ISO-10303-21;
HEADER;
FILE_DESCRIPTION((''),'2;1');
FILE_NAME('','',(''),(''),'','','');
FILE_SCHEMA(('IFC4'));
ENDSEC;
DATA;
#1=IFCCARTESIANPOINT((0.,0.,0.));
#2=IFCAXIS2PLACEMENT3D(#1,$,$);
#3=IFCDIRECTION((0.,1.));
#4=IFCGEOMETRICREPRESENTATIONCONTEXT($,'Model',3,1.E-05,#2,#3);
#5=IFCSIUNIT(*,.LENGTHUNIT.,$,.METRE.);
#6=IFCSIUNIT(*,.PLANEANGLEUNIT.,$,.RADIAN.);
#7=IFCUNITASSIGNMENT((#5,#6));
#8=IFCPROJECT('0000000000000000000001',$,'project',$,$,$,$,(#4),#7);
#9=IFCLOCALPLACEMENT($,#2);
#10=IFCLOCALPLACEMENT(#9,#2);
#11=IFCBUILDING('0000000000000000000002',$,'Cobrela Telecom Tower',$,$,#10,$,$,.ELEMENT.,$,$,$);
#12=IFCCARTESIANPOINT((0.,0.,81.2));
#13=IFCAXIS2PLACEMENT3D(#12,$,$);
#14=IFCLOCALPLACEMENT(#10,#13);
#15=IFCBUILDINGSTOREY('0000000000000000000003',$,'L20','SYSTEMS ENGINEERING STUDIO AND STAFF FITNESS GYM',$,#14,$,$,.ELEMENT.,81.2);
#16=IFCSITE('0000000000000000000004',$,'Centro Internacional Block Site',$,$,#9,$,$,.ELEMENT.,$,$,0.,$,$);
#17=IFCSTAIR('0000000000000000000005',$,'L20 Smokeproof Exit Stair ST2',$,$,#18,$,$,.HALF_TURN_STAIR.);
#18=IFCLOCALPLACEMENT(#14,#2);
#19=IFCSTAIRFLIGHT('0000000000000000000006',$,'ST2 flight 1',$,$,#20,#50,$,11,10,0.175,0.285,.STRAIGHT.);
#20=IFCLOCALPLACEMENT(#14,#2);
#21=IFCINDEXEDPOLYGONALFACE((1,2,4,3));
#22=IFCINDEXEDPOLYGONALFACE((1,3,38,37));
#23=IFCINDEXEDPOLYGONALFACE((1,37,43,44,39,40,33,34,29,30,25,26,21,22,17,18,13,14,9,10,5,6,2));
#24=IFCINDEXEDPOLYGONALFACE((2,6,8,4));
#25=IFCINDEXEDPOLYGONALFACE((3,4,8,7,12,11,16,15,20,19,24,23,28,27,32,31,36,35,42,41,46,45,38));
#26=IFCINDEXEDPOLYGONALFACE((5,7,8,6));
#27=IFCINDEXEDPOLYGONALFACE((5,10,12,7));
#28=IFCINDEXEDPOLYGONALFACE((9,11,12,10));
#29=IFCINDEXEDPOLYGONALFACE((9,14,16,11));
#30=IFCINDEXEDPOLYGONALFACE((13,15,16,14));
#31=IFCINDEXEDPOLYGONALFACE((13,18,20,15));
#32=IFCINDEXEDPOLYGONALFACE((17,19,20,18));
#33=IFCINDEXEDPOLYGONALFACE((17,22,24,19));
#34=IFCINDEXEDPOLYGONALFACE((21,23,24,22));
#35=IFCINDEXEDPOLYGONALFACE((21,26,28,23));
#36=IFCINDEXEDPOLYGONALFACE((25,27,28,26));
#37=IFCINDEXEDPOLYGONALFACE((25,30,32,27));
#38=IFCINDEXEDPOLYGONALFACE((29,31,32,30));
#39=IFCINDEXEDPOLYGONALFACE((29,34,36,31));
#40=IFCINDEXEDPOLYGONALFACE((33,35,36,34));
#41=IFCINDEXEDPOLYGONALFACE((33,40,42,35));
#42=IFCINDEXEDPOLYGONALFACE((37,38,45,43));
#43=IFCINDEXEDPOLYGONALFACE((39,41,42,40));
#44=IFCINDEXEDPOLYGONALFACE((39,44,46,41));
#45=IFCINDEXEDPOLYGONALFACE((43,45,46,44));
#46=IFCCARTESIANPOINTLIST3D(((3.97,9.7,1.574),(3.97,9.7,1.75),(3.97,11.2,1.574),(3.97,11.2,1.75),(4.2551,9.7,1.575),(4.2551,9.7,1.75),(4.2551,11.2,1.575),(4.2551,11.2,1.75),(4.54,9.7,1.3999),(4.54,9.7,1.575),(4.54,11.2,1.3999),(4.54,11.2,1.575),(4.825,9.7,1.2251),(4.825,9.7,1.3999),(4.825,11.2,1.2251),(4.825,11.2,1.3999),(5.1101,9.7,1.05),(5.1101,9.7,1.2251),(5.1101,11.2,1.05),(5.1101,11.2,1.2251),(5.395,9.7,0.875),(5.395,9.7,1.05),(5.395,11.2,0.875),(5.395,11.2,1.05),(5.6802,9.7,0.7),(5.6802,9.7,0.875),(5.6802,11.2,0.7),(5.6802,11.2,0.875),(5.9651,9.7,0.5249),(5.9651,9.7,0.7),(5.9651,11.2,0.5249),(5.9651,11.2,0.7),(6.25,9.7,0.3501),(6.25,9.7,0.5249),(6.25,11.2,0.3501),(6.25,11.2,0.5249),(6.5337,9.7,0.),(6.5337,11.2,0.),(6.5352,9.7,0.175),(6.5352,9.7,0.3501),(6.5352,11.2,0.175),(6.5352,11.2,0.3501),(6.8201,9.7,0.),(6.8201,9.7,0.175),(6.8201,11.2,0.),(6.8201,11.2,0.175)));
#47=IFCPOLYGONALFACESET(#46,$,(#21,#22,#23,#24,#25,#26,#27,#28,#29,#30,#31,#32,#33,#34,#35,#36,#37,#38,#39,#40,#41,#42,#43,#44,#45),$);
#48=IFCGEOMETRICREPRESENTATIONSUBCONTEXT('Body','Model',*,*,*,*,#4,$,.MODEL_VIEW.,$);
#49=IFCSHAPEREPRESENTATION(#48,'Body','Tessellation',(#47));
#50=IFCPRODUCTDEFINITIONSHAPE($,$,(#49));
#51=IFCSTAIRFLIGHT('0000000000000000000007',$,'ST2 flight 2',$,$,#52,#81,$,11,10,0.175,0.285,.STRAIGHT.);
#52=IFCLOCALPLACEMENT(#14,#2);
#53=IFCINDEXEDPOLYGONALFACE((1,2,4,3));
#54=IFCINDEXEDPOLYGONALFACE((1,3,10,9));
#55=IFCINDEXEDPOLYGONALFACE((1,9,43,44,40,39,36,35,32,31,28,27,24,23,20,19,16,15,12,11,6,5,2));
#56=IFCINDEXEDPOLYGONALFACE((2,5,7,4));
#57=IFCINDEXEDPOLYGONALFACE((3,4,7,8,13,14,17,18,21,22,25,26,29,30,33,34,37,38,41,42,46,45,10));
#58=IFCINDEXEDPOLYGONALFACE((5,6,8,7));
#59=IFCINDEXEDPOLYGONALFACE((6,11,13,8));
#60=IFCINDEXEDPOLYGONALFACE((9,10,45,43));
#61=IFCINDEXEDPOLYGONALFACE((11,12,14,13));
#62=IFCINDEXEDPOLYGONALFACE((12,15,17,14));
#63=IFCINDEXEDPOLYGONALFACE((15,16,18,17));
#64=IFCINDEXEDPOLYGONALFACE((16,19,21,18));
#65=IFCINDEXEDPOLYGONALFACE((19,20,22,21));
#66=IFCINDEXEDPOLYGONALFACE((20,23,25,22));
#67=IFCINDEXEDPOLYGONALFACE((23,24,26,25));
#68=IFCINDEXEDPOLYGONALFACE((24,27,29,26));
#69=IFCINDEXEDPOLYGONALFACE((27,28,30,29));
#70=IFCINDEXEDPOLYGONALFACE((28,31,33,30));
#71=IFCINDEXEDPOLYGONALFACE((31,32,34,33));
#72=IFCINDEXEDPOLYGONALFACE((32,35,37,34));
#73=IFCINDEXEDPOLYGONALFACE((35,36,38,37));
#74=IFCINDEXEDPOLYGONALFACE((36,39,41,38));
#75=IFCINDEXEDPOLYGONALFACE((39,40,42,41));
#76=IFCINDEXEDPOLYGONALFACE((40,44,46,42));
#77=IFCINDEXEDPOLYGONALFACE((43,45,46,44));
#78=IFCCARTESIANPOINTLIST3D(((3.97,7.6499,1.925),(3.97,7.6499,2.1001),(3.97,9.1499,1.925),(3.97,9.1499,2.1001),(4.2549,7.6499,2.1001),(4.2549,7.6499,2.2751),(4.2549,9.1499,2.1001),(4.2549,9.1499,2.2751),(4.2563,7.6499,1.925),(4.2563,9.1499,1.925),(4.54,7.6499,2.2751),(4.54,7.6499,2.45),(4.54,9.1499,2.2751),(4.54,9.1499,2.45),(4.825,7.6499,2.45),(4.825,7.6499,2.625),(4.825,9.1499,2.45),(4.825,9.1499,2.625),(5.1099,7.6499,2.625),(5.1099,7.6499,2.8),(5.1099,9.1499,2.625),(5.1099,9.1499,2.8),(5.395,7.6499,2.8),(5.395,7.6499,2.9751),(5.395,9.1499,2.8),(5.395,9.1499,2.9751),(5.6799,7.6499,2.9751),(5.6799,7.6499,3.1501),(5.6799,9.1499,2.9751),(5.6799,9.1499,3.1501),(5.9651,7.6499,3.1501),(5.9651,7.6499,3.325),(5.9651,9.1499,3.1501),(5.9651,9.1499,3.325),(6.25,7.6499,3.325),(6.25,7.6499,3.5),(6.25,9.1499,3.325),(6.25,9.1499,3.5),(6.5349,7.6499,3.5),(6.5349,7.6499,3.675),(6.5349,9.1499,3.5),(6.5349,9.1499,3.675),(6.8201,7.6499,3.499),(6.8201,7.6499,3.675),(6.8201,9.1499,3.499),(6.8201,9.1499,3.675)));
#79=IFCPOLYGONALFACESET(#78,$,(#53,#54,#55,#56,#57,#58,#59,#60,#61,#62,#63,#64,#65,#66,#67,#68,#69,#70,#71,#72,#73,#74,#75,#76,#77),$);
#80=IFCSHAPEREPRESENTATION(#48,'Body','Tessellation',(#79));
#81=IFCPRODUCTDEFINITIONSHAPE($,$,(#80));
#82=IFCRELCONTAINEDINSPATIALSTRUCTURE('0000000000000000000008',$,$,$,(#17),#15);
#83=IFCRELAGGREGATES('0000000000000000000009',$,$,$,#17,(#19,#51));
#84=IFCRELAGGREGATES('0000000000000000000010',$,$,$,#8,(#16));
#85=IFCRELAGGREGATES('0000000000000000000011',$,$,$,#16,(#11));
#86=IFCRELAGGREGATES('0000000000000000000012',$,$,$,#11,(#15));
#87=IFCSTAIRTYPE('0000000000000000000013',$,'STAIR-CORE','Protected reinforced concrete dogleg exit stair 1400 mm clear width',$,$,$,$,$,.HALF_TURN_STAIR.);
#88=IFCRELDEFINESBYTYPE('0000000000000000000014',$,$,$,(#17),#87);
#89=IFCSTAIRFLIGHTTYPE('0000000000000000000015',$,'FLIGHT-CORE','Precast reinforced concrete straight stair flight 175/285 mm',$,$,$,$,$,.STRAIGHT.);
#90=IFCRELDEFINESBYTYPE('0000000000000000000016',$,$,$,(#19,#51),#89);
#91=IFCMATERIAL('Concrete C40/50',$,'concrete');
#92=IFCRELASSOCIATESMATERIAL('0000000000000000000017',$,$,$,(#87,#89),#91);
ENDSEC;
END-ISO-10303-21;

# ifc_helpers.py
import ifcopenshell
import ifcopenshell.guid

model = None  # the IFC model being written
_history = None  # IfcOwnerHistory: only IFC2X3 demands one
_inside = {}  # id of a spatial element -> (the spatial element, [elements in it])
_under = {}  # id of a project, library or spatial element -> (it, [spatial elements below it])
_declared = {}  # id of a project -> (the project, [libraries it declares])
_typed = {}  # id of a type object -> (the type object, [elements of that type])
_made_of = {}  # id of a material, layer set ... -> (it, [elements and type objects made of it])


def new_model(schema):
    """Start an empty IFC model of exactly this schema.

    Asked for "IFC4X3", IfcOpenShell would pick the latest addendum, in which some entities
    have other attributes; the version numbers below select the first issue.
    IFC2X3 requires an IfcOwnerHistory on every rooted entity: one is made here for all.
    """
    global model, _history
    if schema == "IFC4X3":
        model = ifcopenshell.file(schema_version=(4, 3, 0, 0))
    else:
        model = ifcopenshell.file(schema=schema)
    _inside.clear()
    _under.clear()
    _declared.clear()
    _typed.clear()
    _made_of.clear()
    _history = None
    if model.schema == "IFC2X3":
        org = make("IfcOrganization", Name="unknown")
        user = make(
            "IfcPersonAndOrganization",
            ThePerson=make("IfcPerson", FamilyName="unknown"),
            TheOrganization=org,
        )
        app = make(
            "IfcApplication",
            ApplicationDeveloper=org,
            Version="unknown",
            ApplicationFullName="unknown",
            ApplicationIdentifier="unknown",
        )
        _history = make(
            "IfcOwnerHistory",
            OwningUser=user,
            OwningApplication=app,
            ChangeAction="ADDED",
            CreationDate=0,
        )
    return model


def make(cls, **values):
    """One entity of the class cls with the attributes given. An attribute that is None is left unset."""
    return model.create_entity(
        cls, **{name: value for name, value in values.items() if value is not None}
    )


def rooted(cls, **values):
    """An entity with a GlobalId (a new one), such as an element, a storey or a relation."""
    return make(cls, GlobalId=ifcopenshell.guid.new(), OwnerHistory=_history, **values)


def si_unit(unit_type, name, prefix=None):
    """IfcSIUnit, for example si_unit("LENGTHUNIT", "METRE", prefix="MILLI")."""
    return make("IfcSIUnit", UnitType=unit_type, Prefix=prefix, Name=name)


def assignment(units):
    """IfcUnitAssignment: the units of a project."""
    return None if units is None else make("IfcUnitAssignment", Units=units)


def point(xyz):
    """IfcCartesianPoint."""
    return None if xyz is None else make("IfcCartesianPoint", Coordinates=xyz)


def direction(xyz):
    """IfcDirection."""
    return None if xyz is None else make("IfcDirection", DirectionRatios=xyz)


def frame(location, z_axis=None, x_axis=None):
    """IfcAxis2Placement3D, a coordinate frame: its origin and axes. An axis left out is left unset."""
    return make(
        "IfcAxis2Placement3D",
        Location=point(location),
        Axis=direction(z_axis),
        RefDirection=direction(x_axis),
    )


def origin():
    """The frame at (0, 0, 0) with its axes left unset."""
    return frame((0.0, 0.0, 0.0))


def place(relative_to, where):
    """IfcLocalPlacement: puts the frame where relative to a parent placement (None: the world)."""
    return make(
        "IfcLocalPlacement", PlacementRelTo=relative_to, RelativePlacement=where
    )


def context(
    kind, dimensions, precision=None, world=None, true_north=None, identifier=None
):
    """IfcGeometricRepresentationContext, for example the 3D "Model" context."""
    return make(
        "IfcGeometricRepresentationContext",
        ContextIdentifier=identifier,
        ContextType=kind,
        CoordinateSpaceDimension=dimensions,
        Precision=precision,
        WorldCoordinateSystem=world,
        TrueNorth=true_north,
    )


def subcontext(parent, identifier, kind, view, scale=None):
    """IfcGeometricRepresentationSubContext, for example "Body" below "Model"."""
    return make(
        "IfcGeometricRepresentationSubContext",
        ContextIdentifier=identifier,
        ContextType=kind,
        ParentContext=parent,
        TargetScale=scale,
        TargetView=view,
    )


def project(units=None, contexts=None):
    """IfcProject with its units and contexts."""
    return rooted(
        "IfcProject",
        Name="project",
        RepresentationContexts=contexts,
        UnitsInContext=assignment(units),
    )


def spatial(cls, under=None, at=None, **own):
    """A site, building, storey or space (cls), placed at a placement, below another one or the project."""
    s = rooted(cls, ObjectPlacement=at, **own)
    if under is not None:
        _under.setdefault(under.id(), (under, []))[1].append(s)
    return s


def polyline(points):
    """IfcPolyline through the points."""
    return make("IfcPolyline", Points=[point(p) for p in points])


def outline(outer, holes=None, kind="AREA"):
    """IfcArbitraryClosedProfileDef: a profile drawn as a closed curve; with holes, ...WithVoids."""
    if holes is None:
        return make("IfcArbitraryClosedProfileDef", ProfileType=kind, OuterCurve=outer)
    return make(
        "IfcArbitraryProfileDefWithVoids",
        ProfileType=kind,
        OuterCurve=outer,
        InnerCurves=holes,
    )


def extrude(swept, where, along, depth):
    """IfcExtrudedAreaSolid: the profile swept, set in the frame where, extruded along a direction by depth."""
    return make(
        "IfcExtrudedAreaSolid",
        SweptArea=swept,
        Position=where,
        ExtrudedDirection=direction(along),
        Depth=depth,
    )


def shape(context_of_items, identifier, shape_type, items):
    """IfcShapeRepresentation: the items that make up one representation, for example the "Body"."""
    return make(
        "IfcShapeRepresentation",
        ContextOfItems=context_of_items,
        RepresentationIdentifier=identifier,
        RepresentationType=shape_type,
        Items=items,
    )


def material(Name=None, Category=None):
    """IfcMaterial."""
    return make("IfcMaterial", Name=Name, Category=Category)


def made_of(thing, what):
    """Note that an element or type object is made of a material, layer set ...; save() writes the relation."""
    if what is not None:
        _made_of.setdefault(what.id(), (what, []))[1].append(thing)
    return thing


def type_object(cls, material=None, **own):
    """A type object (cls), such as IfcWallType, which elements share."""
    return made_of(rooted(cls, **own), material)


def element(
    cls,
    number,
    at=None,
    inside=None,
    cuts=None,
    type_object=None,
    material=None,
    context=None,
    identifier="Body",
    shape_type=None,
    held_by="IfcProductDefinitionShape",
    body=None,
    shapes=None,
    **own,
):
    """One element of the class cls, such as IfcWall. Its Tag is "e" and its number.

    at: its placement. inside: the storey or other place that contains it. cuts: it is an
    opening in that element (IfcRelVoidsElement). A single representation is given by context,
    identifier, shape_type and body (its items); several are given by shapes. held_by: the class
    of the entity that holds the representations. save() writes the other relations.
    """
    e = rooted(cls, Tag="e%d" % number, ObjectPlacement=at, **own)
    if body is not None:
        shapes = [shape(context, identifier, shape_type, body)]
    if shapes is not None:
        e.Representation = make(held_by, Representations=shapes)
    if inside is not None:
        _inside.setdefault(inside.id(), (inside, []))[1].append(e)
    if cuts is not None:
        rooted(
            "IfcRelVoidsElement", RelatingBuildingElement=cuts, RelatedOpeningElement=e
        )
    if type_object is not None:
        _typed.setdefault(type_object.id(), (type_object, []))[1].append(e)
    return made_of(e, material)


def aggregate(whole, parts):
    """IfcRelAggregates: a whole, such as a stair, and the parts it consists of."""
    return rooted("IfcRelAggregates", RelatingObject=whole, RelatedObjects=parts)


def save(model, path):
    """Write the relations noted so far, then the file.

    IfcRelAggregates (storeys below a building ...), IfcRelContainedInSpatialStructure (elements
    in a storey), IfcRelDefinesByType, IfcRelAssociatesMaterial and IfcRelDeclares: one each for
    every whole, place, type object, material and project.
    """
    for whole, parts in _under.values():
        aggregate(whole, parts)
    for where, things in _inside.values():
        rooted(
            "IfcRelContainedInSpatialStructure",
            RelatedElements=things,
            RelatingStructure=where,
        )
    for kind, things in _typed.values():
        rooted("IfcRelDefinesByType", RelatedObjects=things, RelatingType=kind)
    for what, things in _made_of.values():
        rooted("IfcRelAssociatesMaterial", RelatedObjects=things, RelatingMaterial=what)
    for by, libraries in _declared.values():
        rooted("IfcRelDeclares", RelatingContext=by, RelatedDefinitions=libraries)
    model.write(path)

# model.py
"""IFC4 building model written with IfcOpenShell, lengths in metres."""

from ifc_helpers import new_model, si_unit, direction, frame, origin, place, context, subcontext, project, spatial, polyline, outline, extrude, material, type_object, element, aggregate, save


model = new_model("IFC4")

# Units and contexts
model_context = context("Model", 3, precision=1e-05, world=origin(), true_north=direction((0.0, 1.0)))
body_context = subcontext(model_context, "Body", "Model", "MODEL_VIEW")
ifc_project = project(units=[si_unit("LENGTHUNIT", "METRE"), si_unit("PLANEANGLEUNIT", "RADIAN")], contexts=[model_context])

# Site, building, storey
site_placement = place(None, origin())
site = spatial("IfcSite", under=ifc_project, at=site_placement, Name="Centro Internacional Block Site", CompositionType="ELEMENT", RefElevation=0.0)
building_placement = place(site_placement, origin())
building = spatial("IfcBuilding", under=site, at=building_placement, Name="Cobrela Telecom Tower", CompositionType="ELEMENT")
storey_placement = place(building_placement, frame((0.0, 0.0, 81.2)))
storey = spatial("IfcBuildingStorey", under=building, at=storey_placement, Name="L20", Description="SYSTEMS ENGINEERING STUDIO AND STAFF FITNESS GYM", CompositionType="ELEMENT", Elevation=81.2)

# Shared definitions
ifc_material_1 = material(Name="Concrete C40/50", Category="concrete")

# Stair, stair flights
stair_type = type_object("IfcStairType", Name="STAIR-CORE", Description="Protected reinforced concrete dogleg exit stair 1400 mm clear width", PredefinedType="HALF_TURN_STAIR", material=ifc_material_1)
stair_placement = place(storey_placement, origin())
stair = element("IfcStair", 1, at=stair_placement, inside=storey, type_object=stair_type, Name="L20 Smokeproof Exit Stair ST2", PredefinedType="HALF_TURN_STAIR")
stair_flight_type = type_object("IfcStairFlightType", Name="FLIGHT-CORE", Description="Precast reinforced concrete straight stair flight 175/285 mm", PredefinedType="STRAIGHT", material=ifc_material_1)
stair_flight_1_placement = place(storey_placement, frame((6.8201, 10.45, 0.0), z_axis=(0.0, 0.0, 1.0), x_axis=(-1.0, 0.0, 0.0)))
stair_flight_1 = element("IfcStairFlight", 2, at=stair_flight_1_placement, type_object=stair_flight_type, Name="ST2 flight 1", NumberOfRisers=11, NumberOfTreads=10, PredefinedType="STRAIGHT", RiserHeight=0.175, TreadLength=0.285, context=body_context, shape_type="SweptSolid", body=[
    extrude(outline(polyline([(0.0, 0.0), (0.0, 0.175), (0.2849, 0.175), (0.2849, 0.3501), (0.5701, 0.3501), (0.5701, 0.5249), (0.855, 0.5249), (0.855, 0.7), (1.1399, 0.7), (1.1399, 0.875), (1.425, 0.875), (1.425, 1.05), (1.71, 1.05), (1.71, 1.2251), (1.9951, 1.2251), (1.9951, 1.3999), (2.28, 1.3999), (2.28, 1.575), (2.5649, 1.575), (2.5649, 1.75), (2.8501, 1.75), (2.8501, 1.925), (2.8501, 1.574), (0.2864, 0.0), (0.0, 0.0)])), frame((0.0, 0.75, 0.0), z_axis=(0.0, -1.0, 0.0), x_axis=(1.0, 0.0, 0.0)), (0.0, 0.0, 1.0), 1.5),
])
stair_flight_2_placement = place(storey_placement, frame((3.97, 8.3999, 1.925), z_axis=(0.0, 0.0, 1.0), x_axis=(1.0, 0.0, 0.0)))
stair_flight_2 = element("IfcStairFlight", 3, at=stair_flight_2_placement, type_object=stair_flight_type, Name="ST2 flight 2", NumberOfRisers=11, NumberOfTreads=10, PredefinedType="STRAIGHT", RiserHeight=0.175, TreadLength=0.285, context=body_context, shape_type="SweptSolid", body=[
    extrude(outline(polyline([(0.0, 0.0), (0.0, 0.175), (0.2849, 0.175), (0.2849, 0.3501), (0.5701, 0.3501), (0.5701, 0.5249), (0.855, 0.5249), (0.855, 0.7), (1.1399, 0.7), (1.1399, 0.875), (1.425, 0.875), (1.425, 1.05), (1.71, 1.05), (1.71, 1.2251), (1.9951, 1.2251), (1.9951, 1.3999), (2.28, 1.3999), (2.28, 1.575), (2.5649, 1.575), (2.5649, 1.75), (2.8501, 1.75), (2.8501, 1.925), (2.8501, 1.574), (0.2864, 0.0), (0.0, 0.0)])), frame((0.0, 0.75, 0.0), z_axis=(0.0, -1.0, 0.0), x_axis=(1.0, 0.0, 0.0)), (0.0, 0.0, 1.0), 1.5),
])
aggregate(stair, [stair_flight_1, stair_flight_2])

save(model, "model.ifc")
